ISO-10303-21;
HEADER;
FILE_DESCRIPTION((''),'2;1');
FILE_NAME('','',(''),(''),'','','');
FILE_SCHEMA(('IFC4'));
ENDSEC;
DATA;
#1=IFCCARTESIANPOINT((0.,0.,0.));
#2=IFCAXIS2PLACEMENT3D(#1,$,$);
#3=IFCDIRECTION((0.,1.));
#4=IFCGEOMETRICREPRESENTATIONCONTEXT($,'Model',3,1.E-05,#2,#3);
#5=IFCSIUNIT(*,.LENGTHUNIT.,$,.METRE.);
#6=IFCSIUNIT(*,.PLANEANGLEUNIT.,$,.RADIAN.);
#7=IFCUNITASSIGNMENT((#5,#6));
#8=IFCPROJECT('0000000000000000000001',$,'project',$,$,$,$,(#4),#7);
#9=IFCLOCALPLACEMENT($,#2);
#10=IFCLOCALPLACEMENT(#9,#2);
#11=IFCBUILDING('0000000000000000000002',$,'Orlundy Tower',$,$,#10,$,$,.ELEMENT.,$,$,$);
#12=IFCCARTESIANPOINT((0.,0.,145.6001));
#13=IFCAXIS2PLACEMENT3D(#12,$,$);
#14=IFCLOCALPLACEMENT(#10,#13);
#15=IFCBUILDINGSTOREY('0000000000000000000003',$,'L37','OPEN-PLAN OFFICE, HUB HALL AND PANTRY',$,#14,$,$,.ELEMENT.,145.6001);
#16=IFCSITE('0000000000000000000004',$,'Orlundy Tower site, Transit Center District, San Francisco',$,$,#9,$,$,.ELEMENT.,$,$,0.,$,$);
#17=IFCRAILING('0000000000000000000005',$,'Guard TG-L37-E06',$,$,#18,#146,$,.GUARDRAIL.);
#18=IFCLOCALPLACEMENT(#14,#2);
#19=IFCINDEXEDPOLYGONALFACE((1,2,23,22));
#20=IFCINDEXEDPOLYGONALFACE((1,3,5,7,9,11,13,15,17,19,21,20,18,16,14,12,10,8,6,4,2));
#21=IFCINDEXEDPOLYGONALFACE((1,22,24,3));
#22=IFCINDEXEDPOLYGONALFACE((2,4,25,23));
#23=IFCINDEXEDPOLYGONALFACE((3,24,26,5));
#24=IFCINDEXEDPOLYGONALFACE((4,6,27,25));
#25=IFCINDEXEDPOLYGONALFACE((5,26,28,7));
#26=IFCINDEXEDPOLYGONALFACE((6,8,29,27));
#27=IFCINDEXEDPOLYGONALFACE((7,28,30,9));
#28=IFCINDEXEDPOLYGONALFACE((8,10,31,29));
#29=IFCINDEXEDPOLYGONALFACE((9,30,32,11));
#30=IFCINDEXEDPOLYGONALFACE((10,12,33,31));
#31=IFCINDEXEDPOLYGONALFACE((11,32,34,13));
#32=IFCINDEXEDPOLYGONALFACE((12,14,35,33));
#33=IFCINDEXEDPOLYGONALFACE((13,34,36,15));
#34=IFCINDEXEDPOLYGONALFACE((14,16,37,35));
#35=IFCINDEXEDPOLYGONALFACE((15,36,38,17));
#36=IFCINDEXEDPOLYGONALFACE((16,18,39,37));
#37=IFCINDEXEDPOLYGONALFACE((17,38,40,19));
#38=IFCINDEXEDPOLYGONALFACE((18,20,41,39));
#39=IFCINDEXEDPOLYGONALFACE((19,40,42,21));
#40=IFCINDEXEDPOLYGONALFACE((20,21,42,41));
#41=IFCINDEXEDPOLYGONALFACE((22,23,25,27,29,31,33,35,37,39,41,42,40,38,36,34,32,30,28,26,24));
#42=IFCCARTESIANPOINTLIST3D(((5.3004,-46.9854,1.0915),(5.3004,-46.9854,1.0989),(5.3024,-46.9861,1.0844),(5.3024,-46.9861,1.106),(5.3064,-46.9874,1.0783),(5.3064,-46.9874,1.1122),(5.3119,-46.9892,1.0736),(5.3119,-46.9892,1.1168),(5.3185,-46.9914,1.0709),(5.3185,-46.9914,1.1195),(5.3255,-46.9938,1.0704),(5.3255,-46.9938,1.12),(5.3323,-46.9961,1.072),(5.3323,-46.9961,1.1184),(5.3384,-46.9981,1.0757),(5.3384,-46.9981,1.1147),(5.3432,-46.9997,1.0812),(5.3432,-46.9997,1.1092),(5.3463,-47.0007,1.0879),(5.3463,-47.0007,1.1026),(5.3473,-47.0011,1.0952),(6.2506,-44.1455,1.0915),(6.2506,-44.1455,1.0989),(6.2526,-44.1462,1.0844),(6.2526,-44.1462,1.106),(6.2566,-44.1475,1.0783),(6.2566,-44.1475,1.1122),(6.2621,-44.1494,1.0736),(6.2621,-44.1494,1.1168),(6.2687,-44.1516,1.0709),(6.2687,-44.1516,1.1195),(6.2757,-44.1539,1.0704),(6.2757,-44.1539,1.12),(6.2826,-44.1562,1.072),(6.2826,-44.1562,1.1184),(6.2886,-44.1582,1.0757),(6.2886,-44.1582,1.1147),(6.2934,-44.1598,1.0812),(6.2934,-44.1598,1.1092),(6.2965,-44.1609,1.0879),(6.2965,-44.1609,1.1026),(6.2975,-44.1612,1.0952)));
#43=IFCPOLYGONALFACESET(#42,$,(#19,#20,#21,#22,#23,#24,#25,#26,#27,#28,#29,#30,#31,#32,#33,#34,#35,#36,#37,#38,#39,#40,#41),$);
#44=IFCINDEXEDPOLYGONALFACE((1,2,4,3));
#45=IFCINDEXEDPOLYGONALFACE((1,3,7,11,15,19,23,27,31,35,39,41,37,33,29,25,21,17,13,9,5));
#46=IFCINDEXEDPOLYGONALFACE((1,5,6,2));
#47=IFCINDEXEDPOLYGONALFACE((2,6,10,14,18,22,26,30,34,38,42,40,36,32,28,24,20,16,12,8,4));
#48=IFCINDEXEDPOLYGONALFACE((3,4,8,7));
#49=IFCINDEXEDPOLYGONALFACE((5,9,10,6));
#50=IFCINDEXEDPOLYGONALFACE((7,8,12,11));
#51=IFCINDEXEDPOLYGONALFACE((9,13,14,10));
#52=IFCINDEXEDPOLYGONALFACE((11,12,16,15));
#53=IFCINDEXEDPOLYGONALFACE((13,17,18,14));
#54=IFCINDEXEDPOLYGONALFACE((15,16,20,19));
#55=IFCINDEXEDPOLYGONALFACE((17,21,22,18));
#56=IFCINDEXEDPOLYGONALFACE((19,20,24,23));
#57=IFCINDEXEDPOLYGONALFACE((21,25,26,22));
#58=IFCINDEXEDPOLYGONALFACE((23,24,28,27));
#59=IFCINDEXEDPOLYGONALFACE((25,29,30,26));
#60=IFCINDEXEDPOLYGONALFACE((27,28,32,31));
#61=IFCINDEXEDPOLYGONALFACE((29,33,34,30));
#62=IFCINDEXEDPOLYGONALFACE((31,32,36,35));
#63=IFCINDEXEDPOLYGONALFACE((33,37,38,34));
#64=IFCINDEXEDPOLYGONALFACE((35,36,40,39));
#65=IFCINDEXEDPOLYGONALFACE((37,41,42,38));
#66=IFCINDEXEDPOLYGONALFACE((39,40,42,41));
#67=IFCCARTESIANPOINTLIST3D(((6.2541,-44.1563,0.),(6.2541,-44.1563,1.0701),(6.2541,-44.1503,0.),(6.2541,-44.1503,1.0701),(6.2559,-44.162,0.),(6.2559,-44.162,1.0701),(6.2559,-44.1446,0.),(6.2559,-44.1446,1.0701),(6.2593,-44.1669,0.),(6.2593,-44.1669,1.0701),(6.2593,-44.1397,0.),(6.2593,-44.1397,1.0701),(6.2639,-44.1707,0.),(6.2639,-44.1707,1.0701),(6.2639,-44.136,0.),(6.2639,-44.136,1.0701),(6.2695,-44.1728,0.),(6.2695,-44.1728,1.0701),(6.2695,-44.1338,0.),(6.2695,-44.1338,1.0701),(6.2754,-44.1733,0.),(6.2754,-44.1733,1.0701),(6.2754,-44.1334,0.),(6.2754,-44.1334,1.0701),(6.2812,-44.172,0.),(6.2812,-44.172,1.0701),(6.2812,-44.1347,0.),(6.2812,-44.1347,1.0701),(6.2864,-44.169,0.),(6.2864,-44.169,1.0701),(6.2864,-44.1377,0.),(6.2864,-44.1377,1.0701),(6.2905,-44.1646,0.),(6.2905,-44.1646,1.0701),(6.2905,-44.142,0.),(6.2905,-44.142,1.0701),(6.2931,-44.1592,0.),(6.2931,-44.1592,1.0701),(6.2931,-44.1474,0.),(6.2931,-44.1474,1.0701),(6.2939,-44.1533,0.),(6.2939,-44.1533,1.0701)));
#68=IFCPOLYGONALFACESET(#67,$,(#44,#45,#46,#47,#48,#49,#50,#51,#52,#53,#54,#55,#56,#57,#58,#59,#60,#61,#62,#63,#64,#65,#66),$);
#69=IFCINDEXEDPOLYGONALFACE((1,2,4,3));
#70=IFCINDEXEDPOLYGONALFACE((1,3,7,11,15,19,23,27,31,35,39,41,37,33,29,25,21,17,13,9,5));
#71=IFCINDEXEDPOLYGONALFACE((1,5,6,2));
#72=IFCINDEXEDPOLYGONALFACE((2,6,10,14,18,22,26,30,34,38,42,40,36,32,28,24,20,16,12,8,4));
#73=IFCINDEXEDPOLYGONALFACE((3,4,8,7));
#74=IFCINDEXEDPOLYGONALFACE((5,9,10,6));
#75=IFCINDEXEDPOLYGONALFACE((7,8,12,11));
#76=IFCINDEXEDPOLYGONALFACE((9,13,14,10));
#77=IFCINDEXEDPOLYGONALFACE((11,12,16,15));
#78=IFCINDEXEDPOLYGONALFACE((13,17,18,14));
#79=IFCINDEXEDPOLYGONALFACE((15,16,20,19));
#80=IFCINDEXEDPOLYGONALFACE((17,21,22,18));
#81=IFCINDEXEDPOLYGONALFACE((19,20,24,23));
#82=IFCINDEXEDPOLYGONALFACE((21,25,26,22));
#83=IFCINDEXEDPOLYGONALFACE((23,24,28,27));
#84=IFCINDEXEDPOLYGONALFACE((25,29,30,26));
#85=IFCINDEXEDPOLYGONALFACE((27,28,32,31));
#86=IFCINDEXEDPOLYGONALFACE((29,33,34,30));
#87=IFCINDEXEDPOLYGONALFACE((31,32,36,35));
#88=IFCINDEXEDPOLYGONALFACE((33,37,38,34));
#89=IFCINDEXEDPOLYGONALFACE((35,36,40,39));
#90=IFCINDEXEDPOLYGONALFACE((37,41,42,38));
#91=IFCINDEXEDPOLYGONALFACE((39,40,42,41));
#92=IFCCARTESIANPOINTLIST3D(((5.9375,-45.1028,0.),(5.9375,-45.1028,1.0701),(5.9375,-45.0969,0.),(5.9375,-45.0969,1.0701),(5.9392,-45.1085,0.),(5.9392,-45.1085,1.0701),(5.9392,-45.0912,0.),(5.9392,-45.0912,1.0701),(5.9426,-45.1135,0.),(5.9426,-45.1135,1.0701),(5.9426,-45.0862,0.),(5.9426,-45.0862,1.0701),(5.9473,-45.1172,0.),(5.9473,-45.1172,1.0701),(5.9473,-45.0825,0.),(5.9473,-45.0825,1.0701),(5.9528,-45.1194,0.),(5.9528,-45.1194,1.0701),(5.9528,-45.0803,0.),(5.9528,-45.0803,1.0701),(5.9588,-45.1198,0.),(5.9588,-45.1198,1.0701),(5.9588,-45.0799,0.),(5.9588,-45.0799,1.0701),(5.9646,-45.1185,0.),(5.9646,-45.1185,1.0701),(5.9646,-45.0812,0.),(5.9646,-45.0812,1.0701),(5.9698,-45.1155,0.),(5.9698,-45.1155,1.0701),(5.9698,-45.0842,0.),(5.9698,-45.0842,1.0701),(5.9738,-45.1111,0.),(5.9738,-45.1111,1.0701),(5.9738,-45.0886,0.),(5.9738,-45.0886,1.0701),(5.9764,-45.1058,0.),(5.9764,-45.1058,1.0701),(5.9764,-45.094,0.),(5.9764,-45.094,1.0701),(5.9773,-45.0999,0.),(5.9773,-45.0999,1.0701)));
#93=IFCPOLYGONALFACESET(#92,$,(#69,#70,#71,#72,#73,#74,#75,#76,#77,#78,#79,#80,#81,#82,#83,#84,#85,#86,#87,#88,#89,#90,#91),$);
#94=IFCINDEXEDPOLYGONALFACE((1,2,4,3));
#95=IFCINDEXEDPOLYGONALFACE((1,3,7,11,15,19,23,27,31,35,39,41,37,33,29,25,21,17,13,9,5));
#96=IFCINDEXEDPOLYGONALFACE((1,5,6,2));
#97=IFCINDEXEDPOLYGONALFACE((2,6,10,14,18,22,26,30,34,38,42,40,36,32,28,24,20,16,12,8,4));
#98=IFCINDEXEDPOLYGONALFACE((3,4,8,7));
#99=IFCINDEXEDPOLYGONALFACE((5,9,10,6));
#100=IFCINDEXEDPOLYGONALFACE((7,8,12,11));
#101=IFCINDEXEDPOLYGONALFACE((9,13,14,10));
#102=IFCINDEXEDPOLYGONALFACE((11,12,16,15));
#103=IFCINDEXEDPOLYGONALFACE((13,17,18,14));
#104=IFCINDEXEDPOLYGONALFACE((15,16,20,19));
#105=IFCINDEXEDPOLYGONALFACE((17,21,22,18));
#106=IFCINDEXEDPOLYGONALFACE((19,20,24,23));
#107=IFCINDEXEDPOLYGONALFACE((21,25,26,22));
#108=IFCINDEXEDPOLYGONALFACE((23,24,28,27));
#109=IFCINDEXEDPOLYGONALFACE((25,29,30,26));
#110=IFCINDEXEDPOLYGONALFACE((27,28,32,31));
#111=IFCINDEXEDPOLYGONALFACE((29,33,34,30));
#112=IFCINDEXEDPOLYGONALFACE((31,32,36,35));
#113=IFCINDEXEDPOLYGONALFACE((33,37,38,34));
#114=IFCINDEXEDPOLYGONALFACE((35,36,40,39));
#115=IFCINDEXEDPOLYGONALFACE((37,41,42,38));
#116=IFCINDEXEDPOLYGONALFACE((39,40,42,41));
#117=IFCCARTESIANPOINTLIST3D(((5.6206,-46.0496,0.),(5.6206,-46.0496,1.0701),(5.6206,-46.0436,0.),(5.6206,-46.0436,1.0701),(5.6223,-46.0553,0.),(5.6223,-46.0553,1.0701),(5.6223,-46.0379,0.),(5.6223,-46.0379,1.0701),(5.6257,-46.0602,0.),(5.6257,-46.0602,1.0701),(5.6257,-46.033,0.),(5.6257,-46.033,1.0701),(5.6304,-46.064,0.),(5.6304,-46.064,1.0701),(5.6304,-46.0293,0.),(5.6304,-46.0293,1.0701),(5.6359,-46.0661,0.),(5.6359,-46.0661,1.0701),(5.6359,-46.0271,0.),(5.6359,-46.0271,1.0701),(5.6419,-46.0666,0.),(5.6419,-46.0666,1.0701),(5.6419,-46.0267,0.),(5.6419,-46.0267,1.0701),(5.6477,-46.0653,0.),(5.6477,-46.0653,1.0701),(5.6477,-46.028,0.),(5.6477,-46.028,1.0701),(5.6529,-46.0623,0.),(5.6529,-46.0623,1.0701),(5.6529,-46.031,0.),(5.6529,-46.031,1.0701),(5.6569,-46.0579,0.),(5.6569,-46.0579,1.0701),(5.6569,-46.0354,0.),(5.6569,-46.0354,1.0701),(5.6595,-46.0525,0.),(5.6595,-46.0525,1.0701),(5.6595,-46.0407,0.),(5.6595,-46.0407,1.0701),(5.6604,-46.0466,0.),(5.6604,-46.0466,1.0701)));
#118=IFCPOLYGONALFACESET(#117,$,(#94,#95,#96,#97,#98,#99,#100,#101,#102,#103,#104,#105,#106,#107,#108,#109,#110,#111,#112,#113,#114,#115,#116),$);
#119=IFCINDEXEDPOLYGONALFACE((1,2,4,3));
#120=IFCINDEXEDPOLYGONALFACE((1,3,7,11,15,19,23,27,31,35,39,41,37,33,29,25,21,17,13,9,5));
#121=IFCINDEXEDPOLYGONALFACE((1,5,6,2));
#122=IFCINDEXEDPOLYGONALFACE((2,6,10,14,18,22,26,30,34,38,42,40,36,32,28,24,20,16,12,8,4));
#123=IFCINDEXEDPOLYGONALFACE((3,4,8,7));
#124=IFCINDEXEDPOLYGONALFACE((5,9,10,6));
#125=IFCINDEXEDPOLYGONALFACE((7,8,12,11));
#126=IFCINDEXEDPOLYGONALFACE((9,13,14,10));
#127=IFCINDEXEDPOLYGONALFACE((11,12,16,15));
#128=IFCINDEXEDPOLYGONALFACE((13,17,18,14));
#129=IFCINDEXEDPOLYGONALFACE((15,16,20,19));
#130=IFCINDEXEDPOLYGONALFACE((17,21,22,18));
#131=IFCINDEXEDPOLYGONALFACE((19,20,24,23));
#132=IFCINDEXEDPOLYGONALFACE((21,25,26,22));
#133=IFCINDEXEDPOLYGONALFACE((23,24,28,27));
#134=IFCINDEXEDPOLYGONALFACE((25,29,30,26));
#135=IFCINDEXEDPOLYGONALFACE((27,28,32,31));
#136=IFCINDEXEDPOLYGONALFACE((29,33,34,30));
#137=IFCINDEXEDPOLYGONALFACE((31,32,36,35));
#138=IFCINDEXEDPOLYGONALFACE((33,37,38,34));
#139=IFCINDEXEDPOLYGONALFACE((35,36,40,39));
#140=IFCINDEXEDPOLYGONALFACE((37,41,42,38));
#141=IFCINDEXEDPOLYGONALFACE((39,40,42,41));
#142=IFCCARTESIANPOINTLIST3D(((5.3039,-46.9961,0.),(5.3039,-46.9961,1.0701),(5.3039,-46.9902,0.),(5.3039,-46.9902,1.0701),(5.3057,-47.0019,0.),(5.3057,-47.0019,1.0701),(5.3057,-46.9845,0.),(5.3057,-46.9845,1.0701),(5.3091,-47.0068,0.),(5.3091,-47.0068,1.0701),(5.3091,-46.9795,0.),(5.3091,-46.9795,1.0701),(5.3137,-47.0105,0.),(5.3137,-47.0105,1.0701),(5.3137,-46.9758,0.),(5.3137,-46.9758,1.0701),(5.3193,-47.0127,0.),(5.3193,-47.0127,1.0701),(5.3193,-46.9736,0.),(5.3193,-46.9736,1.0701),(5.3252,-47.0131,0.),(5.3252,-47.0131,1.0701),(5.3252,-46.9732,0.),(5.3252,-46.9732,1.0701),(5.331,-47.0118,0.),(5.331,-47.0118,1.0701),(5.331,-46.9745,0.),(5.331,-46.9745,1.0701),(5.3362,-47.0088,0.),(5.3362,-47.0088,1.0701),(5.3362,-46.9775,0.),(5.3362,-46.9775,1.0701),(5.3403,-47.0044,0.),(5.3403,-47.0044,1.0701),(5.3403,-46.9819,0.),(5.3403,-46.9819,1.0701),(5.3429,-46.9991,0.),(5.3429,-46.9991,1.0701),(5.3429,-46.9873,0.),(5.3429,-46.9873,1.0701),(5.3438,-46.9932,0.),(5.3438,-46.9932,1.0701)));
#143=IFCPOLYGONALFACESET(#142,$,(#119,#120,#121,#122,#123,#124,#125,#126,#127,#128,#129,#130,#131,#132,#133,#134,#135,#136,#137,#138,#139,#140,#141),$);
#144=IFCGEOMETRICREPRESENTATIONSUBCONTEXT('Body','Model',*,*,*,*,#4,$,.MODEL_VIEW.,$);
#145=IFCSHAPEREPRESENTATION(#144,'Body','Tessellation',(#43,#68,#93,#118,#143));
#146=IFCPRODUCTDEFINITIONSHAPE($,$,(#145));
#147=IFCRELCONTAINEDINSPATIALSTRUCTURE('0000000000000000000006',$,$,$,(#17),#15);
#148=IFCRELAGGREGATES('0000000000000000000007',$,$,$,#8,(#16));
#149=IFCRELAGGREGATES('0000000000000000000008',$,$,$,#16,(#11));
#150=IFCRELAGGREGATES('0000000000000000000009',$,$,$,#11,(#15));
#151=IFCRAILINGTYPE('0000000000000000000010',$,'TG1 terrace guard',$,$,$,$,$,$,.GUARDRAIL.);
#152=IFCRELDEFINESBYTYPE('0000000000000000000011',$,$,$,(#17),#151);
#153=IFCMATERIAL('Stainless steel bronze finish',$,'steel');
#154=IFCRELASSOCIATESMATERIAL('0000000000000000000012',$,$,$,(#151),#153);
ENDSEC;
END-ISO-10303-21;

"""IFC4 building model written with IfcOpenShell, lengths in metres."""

from ifc_helpers import new_model, si_unit, direction, frame, origin, origin_2d, place, context, subcontext, project, spatial, circle, extrude, material, type_object, element, save


model = new_model("IFC4")

# Units and contexts
model_context = context("Model", 3, precision=1e-05, world=origin(), true_north=direction((0.0, 1.0)))
body_context = subcontext(model_context, "Body", "Model", "MODEL_VIEW")
ifc_project = project(units=[si_unit("LENGTHUNIT", "METRE"), si_unit("PLANEANGLEUNIT", "RADIAN")], contexts=[model_context])

# Site, building, storey
site_placement = place(None, origin())
site = spatial("IfcSite", under=ifc_project, at=site_placement, Name="Orlundy Tower site, Transit Center District, San Francisco", CompositionType="ELEMENT", RefElevation=0.0)
building_placement = place(site_placement, origin())
building = spatial("IfcBuilding", under=site, at=building_placement, Name="Orlundy Tower", CompositionType="ELEMENT")
storey_placement = place(building_placement, frame((0.0, 0.0, 145.6001)))
storey = spatial("IfcBuildingStorey", under=building, at=storey_placement, Name="L37", Description="OPEN-PLAN OFFICE, HUB HALL AND PANTRY", CompositionType="ELEMENT", Elevation=145.6001)

# Railing
ifc_material_1 = material(Name="Stainless steel bronze finish", Category="steel")
railing_type = type_object("IfcRailingType", Name="TG1 terrace guard", PredefinedType="GUARDRAIL", material=ifc_material_1)
railing_1_placement = place(storey_placement, frame((6.2739, -44.1533, 0.0)))
element("IfcRailing", 1, at=railing_1_placement, inside=storey, type_object=railing_type, Name="Guard TG-L37-E06", PredefinedType="GUARDRAIL", context=body_context, shape_type="SweptSolid", body=[
    extrude(circle(Radius=0.0249, at=origin_2d()), frame((0.0, 0.0, 1.0952), z_axis=(-0.317304, -0.948324, 0.0), x_axis=(0.948324, -0.317304, 0.0)), (0.0, 0.0, 1.0), 2.9946),
    extrude(circle(Radius=0.02, at=origin_2d()), origin(), (0.0, 0.0, 1.0), 1.0701),
    extrude(circle(Radius=0.02, at=origin_2d()), frame((-0.3167, -0.9465, 0.0)), (0.0, 0.0, 1.0), 1.0701),
    extrude(circle(Radius=0.02, at=origin_2d()), frame((-0.6335, -1.8933, 0.0)), (0.0, 0.0, 1.0), 1.0701),
    extrude(circle(Radius=0.02, at=origin_2d()), frame((-0.9502, -2.8398, 0.0)), (0.0, 0.0, 1.0), 1.0701),
])

save(model, "model.ifc")
